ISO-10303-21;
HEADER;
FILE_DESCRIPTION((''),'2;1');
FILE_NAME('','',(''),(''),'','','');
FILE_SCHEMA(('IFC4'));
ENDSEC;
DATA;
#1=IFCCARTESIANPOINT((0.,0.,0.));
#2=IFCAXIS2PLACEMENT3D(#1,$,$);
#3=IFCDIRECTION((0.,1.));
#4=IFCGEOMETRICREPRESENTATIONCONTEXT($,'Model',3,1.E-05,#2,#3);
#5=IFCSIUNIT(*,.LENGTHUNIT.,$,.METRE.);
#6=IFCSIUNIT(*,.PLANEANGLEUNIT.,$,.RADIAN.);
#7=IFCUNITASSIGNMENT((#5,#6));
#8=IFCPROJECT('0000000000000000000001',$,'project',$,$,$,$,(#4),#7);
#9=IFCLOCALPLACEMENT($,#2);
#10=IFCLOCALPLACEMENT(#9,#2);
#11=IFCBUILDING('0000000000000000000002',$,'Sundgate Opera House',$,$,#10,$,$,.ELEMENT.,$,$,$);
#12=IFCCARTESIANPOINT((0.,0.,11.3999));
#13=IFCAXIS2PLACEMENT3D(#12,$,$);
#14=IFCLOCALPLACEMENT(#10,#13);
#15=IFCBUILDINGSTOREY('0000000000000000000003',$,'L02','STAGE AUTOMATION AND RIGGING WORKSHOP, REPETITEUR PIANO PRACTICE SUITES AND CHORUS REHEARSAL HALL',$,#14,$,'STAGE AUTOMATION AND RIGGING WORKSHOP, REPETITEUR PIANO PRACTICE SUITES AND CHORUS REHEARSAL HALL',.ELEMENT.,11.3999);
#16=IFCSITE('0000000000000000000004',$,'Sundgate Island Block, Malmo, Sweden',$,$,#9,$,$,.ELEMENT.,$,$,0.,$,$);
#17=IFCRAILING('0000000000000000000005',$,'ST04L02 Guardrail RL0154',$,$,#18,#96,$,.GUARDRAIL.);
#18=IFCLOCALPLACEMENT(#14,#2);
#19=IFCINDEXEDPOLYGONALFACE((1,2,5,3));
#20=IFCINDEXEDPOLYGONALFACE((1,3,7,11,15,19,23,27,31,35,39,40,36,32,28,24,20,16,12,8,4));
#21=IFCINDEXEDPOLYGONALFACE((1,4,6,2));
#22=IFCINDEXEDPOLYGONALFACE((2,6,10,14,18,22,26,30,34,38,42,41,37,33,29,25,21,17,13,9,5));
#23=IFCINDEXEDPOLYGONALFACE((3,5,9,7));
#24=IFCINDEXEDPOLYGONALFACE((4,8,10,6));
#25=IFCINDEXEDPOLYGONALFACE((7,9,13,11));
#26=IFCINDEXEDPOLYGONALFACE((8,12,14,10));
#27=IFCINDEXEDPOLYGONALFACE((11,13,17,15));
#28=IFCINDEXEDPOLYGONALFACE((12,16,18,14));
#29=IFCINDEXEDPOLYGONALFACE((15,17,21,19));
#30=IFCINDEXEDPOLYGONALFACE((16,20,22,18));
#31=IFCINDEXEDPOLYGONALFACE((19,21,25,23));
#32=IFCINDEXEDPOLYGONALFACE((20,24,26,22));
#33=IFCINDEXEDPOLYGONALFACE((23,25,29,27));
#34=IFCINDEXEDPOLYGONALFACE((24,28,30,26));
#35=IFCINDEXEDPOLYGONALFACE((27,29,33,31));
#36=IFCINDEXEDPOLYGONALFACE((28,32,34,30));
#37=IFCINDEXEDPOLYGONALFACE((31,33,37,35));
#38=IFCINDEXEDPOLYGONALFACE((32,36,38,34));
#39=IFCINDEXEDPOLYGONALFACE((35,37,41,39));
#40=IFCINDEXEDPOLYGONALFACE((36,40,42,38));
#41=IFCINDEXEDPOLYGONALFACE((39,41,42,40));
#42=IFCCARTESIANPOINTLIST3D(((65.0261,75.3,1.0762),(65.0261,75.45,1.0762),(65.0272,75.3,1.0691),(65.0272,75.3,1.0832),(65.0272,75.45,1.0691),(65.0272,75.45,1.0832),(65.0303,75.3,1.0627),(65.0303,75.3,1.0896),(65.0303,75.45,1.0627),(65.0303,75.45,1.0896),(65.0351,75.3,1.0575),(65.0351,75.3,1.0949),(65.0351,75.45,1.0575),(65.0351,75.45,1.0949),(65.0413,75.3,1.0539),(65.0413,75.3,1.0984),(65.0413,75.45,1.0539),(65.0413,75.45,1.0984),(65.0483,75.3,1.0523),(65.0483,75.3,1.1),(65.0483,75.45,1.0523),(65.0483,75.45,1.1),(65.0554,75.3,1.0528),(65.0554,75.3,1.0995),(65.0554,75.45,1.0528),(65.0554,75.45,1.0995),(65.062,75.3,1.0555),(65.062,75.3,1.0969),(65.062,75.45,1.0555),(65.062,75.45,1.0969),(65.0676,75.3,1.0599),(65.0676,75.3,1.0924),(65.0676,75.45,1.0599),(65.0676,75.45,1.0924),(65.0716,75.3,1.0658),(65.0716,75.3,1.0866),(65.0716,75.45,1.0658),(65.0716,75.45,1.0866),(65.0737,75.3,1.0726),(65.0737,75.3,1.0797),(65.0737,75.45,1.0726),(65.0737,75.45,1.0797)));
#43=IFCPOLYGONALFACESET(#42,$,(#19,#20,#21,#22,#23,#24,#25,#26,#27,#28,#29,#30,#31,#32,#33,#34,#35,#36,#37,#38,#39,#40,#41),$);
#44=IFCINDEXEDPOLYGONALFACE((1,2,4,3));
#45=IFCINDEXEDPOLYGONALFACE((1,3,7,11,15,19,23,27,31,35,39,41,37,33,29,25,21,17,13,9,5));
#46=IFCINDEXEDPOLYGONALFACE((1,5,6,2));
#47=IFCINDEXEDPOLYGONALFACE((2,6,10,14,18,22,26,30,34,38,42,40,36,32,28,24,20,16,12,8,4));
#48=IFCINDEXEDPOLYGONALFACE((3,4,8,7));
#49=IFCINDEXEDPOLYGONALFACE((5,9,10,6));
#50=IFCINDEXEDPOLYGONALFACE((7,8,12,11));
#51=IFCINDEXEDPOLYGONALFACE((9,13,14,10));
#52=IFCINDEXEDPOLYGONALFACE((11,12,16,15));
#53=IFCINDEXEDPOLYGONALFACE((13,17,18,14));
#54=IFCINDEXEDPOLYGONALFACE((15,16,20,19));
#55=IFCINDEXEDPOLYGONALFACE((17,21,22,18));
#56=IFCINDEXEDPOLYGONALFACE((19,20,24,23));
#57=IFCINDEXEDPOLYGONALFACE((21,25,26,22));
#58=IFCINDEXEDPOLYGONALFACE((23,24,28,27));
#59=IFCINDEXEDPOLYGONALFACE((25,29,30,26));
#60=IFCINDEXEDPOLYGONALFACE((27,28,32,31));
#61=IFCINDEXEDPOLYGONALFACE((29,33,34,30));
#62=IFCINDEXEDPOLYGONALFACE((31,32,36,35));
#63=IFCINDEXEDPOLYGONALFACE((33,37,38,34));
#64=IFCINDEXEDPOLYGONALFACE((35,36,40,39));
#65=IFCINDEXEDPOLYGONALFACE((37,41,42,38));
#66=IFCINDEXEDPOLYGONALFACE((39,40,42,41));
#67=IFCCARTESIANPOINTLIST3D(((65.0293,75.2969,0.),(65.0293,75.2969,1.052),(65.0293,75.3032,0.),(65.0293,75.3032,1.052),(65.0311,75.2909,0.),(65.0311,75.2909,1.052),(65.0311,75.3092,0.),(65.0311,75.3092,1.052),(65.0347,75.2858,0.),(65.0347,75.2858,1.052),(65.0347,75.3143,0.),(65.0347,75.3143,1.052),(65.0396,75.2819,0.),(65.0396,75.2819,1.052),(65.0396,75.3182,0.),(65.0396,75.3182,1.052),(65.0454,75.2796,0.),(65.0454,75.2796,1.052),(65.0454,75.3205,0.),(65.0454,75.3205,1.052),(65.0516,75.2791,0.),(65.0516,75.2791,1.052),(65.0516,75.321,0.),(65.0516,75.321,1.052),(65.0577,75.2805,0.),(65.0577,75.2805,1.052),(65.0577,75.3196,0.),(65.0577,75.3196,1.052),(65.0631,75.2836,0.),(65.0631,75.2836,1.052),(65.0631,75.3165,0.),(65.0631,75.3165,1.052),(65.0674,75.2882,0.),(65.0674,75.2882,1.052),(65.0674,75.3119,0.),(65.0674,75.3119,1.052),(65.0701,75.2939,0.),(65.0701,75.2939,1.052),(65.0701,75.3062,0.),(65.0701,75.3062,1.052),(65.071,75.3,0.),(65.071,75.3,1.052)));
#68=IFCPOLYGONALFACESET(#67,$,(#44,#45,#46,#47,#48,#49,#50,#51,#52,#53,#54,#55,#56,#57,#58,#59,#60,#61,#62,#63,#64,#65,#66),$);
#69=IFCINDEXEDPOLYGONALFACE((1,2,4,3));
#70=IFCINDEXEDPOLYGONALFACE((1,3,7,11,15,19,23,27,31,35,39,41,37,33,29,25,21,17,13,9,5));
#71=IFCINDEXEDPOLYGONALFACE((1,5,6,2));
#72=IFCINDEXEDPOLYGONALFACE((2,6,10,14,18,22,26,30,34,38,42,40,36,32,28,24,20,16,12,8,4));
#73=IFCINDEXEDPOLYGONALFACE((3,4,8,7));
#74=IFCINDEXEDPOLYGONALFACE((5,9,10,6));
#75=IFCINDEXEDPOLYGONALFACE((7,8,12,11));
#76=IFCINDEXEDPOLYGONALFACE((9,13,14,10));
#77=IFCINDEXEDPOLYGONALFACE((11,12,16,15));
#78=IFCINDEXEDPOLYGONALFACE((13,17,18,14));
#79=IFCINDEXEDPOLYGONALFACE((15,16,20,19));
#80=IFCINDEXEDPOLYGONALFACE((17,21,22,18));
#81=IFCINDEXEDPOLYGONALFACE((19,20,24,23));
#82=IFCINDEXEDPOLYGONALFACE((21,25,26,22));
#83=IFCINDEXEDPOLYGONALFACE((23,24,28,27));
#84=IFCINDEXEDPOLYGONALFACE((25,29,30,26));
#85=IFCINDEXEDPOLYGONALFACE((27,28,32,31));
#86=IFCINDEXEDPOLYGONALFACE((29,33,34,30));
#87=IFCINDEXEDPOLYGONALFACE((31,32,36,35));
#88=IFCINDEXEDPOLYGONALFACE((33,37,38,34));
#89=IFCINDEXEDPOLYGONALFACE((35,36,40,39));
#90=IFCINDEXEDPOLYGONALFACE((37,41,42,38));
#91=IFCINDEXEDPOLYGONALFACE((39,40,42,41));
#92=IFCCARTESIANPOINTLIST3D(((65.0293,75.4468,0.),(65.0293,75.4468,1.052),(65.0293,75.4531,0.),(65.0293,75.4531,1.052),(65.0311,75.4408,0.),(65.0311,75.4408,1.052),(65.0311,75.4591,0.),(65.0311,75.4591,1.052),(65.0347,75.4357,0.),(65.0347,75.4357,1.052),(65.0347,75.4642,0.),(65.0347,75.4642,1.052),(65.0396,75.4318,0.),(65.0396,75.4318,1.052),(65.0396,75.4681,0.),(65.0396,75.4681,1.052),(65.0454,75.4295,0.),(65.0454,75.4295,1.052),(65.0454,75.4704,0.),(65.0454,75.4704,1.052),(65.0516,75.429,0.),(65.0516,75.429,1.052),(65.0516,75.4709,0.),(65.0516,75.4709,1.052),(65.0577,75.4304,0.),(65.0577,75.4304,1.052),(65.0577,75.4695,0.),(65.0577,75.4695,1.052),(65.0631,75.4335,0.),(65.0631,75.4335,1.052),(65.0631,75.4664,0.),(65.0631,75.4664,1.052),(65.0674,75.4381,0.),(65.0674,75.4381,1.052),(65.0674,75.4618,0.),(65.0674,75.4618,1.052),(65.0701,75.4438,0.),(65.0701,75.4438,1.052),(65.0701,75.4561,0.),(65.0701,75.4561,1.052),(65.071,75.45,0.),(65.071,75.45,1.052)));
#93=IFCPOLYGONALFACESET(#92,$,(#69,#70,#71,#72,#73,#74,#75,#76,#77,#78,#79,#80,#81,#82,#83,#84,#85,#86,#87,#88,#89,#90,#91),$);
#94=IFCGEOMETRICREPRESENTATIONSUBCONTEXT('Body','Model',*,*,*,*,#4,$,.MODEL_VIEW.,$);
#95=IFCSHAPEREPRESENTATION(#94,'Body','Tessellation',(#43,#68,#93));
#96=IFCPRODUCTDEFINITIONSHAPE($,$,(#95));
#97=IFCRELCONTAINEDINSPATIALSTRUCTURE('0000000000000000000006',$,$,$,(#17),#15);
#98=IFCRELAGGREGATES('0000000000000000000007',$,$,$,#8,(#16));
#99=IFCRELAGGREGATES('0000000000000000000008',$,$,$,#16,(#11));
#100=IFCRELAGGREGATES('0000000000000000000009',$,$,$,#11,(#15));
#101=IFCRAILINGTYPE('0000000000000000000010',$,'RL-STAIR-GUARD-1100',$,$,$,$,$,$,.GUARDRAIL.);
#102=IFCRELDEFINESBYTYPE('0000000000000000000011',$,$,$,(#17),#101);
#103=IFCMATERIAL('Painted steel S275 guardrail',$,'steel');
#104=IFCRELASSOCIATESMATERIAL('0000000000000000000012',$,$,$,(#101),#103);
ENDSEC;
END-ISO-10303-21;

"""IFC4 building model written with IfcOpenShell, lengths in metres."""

from ifc_helpers import new_model, si_unit, direction, frame, origin, origin_2d, place, context, subcontext, project, spatial, circle, extrude, material, type_object, element, save


model = new_model("IFC4")

# Units and contexts
model_context = context("Model", 3, precision=1e-05, world=origin(), true_north=direction((0.0, 1.0)))
body_context = subcontext(model_context, "Body", "Model", "MODEL_VIEW")
ifc_project = project(units=[si_unit("LENGTHUNIT", "METRE"), si_unit("PLANEANGLEUNIT", "RADIAN")], contexts=[model_context])

# Site, building, storey
site_placement = place(None, origin())
site = spatial("IfcSite", under=ifc_project, at=site_placement, Name="Sundgate Island Block, Malmo, Sweden", CompositionType="ELEMENT", RefElevation=0.0)
building_placement = place(site_placement, origin())
building = spatial("IfcBuilding", under=site, at=building_placement, Name="Sundgate Opera House", CompositionType="ELEMENT")
storey_placement = place(building_placement, frame((0.0, 0.0, 11.3999)))
storey = spatial("IfcBuildingStorey", under=building, at=storey_placement, Name="L02", Description="STAGE AUTOMATION AND RIGGING WORKSHOP, REPETITEUR PIANO PRACTICE SUITES AND CHORUS REHEARSAL HALL", LongName="STAGE AUTOMATION AND RIGGING WORKSHOP, REPETITEUR PIANO PRACTICE SUITES AND CHORUS REHEARSAL HALL", CompositionType="ELEMENT", Elevation=11.3999)

# Railing
ifc_material_1 = material(Name="Painted steel S275 guardrail", Category="steel")
railing_type_1 = type_object("IfcRailingType", Name="RL-STAIR-GUARD-1100", PredefinedType="GUARDRAIL", material=ifc_material_1)
railing_1_placement = place(storey_placement, frame((65.05, 75.3, 0.0)))
element("IfcRailing", 1, at=railing_1_placement, inside=storey, type_object=railing_type_1, Name="ST04L02 Guardrail RL0154", PredefinedType="GUARDRAIL", context=body_context, shape_type="SweptSolid", body=[
    extrude(circle(Radius=0.0239, at=origin_2d()), frame((0.0, 0.0, 1.0762), z_axis=(0.0, 1.0, 0.0), x_axis=(-1.0, 0.0, 0.0)), (0.0, 0.0, 1.0), 0.1499),
    extrude(circle(Radius=0.021, at=origin_2d()), origin(), (0.0, 0.0, 1.0), 1.052),
    extrude(circle(Radius=0.021, at=origin_2d()), frame((0.0, 0.1499, 0.0)), (0.0, 0.0, 1.0), 1.052),
])

save(model, "model.ifc")
